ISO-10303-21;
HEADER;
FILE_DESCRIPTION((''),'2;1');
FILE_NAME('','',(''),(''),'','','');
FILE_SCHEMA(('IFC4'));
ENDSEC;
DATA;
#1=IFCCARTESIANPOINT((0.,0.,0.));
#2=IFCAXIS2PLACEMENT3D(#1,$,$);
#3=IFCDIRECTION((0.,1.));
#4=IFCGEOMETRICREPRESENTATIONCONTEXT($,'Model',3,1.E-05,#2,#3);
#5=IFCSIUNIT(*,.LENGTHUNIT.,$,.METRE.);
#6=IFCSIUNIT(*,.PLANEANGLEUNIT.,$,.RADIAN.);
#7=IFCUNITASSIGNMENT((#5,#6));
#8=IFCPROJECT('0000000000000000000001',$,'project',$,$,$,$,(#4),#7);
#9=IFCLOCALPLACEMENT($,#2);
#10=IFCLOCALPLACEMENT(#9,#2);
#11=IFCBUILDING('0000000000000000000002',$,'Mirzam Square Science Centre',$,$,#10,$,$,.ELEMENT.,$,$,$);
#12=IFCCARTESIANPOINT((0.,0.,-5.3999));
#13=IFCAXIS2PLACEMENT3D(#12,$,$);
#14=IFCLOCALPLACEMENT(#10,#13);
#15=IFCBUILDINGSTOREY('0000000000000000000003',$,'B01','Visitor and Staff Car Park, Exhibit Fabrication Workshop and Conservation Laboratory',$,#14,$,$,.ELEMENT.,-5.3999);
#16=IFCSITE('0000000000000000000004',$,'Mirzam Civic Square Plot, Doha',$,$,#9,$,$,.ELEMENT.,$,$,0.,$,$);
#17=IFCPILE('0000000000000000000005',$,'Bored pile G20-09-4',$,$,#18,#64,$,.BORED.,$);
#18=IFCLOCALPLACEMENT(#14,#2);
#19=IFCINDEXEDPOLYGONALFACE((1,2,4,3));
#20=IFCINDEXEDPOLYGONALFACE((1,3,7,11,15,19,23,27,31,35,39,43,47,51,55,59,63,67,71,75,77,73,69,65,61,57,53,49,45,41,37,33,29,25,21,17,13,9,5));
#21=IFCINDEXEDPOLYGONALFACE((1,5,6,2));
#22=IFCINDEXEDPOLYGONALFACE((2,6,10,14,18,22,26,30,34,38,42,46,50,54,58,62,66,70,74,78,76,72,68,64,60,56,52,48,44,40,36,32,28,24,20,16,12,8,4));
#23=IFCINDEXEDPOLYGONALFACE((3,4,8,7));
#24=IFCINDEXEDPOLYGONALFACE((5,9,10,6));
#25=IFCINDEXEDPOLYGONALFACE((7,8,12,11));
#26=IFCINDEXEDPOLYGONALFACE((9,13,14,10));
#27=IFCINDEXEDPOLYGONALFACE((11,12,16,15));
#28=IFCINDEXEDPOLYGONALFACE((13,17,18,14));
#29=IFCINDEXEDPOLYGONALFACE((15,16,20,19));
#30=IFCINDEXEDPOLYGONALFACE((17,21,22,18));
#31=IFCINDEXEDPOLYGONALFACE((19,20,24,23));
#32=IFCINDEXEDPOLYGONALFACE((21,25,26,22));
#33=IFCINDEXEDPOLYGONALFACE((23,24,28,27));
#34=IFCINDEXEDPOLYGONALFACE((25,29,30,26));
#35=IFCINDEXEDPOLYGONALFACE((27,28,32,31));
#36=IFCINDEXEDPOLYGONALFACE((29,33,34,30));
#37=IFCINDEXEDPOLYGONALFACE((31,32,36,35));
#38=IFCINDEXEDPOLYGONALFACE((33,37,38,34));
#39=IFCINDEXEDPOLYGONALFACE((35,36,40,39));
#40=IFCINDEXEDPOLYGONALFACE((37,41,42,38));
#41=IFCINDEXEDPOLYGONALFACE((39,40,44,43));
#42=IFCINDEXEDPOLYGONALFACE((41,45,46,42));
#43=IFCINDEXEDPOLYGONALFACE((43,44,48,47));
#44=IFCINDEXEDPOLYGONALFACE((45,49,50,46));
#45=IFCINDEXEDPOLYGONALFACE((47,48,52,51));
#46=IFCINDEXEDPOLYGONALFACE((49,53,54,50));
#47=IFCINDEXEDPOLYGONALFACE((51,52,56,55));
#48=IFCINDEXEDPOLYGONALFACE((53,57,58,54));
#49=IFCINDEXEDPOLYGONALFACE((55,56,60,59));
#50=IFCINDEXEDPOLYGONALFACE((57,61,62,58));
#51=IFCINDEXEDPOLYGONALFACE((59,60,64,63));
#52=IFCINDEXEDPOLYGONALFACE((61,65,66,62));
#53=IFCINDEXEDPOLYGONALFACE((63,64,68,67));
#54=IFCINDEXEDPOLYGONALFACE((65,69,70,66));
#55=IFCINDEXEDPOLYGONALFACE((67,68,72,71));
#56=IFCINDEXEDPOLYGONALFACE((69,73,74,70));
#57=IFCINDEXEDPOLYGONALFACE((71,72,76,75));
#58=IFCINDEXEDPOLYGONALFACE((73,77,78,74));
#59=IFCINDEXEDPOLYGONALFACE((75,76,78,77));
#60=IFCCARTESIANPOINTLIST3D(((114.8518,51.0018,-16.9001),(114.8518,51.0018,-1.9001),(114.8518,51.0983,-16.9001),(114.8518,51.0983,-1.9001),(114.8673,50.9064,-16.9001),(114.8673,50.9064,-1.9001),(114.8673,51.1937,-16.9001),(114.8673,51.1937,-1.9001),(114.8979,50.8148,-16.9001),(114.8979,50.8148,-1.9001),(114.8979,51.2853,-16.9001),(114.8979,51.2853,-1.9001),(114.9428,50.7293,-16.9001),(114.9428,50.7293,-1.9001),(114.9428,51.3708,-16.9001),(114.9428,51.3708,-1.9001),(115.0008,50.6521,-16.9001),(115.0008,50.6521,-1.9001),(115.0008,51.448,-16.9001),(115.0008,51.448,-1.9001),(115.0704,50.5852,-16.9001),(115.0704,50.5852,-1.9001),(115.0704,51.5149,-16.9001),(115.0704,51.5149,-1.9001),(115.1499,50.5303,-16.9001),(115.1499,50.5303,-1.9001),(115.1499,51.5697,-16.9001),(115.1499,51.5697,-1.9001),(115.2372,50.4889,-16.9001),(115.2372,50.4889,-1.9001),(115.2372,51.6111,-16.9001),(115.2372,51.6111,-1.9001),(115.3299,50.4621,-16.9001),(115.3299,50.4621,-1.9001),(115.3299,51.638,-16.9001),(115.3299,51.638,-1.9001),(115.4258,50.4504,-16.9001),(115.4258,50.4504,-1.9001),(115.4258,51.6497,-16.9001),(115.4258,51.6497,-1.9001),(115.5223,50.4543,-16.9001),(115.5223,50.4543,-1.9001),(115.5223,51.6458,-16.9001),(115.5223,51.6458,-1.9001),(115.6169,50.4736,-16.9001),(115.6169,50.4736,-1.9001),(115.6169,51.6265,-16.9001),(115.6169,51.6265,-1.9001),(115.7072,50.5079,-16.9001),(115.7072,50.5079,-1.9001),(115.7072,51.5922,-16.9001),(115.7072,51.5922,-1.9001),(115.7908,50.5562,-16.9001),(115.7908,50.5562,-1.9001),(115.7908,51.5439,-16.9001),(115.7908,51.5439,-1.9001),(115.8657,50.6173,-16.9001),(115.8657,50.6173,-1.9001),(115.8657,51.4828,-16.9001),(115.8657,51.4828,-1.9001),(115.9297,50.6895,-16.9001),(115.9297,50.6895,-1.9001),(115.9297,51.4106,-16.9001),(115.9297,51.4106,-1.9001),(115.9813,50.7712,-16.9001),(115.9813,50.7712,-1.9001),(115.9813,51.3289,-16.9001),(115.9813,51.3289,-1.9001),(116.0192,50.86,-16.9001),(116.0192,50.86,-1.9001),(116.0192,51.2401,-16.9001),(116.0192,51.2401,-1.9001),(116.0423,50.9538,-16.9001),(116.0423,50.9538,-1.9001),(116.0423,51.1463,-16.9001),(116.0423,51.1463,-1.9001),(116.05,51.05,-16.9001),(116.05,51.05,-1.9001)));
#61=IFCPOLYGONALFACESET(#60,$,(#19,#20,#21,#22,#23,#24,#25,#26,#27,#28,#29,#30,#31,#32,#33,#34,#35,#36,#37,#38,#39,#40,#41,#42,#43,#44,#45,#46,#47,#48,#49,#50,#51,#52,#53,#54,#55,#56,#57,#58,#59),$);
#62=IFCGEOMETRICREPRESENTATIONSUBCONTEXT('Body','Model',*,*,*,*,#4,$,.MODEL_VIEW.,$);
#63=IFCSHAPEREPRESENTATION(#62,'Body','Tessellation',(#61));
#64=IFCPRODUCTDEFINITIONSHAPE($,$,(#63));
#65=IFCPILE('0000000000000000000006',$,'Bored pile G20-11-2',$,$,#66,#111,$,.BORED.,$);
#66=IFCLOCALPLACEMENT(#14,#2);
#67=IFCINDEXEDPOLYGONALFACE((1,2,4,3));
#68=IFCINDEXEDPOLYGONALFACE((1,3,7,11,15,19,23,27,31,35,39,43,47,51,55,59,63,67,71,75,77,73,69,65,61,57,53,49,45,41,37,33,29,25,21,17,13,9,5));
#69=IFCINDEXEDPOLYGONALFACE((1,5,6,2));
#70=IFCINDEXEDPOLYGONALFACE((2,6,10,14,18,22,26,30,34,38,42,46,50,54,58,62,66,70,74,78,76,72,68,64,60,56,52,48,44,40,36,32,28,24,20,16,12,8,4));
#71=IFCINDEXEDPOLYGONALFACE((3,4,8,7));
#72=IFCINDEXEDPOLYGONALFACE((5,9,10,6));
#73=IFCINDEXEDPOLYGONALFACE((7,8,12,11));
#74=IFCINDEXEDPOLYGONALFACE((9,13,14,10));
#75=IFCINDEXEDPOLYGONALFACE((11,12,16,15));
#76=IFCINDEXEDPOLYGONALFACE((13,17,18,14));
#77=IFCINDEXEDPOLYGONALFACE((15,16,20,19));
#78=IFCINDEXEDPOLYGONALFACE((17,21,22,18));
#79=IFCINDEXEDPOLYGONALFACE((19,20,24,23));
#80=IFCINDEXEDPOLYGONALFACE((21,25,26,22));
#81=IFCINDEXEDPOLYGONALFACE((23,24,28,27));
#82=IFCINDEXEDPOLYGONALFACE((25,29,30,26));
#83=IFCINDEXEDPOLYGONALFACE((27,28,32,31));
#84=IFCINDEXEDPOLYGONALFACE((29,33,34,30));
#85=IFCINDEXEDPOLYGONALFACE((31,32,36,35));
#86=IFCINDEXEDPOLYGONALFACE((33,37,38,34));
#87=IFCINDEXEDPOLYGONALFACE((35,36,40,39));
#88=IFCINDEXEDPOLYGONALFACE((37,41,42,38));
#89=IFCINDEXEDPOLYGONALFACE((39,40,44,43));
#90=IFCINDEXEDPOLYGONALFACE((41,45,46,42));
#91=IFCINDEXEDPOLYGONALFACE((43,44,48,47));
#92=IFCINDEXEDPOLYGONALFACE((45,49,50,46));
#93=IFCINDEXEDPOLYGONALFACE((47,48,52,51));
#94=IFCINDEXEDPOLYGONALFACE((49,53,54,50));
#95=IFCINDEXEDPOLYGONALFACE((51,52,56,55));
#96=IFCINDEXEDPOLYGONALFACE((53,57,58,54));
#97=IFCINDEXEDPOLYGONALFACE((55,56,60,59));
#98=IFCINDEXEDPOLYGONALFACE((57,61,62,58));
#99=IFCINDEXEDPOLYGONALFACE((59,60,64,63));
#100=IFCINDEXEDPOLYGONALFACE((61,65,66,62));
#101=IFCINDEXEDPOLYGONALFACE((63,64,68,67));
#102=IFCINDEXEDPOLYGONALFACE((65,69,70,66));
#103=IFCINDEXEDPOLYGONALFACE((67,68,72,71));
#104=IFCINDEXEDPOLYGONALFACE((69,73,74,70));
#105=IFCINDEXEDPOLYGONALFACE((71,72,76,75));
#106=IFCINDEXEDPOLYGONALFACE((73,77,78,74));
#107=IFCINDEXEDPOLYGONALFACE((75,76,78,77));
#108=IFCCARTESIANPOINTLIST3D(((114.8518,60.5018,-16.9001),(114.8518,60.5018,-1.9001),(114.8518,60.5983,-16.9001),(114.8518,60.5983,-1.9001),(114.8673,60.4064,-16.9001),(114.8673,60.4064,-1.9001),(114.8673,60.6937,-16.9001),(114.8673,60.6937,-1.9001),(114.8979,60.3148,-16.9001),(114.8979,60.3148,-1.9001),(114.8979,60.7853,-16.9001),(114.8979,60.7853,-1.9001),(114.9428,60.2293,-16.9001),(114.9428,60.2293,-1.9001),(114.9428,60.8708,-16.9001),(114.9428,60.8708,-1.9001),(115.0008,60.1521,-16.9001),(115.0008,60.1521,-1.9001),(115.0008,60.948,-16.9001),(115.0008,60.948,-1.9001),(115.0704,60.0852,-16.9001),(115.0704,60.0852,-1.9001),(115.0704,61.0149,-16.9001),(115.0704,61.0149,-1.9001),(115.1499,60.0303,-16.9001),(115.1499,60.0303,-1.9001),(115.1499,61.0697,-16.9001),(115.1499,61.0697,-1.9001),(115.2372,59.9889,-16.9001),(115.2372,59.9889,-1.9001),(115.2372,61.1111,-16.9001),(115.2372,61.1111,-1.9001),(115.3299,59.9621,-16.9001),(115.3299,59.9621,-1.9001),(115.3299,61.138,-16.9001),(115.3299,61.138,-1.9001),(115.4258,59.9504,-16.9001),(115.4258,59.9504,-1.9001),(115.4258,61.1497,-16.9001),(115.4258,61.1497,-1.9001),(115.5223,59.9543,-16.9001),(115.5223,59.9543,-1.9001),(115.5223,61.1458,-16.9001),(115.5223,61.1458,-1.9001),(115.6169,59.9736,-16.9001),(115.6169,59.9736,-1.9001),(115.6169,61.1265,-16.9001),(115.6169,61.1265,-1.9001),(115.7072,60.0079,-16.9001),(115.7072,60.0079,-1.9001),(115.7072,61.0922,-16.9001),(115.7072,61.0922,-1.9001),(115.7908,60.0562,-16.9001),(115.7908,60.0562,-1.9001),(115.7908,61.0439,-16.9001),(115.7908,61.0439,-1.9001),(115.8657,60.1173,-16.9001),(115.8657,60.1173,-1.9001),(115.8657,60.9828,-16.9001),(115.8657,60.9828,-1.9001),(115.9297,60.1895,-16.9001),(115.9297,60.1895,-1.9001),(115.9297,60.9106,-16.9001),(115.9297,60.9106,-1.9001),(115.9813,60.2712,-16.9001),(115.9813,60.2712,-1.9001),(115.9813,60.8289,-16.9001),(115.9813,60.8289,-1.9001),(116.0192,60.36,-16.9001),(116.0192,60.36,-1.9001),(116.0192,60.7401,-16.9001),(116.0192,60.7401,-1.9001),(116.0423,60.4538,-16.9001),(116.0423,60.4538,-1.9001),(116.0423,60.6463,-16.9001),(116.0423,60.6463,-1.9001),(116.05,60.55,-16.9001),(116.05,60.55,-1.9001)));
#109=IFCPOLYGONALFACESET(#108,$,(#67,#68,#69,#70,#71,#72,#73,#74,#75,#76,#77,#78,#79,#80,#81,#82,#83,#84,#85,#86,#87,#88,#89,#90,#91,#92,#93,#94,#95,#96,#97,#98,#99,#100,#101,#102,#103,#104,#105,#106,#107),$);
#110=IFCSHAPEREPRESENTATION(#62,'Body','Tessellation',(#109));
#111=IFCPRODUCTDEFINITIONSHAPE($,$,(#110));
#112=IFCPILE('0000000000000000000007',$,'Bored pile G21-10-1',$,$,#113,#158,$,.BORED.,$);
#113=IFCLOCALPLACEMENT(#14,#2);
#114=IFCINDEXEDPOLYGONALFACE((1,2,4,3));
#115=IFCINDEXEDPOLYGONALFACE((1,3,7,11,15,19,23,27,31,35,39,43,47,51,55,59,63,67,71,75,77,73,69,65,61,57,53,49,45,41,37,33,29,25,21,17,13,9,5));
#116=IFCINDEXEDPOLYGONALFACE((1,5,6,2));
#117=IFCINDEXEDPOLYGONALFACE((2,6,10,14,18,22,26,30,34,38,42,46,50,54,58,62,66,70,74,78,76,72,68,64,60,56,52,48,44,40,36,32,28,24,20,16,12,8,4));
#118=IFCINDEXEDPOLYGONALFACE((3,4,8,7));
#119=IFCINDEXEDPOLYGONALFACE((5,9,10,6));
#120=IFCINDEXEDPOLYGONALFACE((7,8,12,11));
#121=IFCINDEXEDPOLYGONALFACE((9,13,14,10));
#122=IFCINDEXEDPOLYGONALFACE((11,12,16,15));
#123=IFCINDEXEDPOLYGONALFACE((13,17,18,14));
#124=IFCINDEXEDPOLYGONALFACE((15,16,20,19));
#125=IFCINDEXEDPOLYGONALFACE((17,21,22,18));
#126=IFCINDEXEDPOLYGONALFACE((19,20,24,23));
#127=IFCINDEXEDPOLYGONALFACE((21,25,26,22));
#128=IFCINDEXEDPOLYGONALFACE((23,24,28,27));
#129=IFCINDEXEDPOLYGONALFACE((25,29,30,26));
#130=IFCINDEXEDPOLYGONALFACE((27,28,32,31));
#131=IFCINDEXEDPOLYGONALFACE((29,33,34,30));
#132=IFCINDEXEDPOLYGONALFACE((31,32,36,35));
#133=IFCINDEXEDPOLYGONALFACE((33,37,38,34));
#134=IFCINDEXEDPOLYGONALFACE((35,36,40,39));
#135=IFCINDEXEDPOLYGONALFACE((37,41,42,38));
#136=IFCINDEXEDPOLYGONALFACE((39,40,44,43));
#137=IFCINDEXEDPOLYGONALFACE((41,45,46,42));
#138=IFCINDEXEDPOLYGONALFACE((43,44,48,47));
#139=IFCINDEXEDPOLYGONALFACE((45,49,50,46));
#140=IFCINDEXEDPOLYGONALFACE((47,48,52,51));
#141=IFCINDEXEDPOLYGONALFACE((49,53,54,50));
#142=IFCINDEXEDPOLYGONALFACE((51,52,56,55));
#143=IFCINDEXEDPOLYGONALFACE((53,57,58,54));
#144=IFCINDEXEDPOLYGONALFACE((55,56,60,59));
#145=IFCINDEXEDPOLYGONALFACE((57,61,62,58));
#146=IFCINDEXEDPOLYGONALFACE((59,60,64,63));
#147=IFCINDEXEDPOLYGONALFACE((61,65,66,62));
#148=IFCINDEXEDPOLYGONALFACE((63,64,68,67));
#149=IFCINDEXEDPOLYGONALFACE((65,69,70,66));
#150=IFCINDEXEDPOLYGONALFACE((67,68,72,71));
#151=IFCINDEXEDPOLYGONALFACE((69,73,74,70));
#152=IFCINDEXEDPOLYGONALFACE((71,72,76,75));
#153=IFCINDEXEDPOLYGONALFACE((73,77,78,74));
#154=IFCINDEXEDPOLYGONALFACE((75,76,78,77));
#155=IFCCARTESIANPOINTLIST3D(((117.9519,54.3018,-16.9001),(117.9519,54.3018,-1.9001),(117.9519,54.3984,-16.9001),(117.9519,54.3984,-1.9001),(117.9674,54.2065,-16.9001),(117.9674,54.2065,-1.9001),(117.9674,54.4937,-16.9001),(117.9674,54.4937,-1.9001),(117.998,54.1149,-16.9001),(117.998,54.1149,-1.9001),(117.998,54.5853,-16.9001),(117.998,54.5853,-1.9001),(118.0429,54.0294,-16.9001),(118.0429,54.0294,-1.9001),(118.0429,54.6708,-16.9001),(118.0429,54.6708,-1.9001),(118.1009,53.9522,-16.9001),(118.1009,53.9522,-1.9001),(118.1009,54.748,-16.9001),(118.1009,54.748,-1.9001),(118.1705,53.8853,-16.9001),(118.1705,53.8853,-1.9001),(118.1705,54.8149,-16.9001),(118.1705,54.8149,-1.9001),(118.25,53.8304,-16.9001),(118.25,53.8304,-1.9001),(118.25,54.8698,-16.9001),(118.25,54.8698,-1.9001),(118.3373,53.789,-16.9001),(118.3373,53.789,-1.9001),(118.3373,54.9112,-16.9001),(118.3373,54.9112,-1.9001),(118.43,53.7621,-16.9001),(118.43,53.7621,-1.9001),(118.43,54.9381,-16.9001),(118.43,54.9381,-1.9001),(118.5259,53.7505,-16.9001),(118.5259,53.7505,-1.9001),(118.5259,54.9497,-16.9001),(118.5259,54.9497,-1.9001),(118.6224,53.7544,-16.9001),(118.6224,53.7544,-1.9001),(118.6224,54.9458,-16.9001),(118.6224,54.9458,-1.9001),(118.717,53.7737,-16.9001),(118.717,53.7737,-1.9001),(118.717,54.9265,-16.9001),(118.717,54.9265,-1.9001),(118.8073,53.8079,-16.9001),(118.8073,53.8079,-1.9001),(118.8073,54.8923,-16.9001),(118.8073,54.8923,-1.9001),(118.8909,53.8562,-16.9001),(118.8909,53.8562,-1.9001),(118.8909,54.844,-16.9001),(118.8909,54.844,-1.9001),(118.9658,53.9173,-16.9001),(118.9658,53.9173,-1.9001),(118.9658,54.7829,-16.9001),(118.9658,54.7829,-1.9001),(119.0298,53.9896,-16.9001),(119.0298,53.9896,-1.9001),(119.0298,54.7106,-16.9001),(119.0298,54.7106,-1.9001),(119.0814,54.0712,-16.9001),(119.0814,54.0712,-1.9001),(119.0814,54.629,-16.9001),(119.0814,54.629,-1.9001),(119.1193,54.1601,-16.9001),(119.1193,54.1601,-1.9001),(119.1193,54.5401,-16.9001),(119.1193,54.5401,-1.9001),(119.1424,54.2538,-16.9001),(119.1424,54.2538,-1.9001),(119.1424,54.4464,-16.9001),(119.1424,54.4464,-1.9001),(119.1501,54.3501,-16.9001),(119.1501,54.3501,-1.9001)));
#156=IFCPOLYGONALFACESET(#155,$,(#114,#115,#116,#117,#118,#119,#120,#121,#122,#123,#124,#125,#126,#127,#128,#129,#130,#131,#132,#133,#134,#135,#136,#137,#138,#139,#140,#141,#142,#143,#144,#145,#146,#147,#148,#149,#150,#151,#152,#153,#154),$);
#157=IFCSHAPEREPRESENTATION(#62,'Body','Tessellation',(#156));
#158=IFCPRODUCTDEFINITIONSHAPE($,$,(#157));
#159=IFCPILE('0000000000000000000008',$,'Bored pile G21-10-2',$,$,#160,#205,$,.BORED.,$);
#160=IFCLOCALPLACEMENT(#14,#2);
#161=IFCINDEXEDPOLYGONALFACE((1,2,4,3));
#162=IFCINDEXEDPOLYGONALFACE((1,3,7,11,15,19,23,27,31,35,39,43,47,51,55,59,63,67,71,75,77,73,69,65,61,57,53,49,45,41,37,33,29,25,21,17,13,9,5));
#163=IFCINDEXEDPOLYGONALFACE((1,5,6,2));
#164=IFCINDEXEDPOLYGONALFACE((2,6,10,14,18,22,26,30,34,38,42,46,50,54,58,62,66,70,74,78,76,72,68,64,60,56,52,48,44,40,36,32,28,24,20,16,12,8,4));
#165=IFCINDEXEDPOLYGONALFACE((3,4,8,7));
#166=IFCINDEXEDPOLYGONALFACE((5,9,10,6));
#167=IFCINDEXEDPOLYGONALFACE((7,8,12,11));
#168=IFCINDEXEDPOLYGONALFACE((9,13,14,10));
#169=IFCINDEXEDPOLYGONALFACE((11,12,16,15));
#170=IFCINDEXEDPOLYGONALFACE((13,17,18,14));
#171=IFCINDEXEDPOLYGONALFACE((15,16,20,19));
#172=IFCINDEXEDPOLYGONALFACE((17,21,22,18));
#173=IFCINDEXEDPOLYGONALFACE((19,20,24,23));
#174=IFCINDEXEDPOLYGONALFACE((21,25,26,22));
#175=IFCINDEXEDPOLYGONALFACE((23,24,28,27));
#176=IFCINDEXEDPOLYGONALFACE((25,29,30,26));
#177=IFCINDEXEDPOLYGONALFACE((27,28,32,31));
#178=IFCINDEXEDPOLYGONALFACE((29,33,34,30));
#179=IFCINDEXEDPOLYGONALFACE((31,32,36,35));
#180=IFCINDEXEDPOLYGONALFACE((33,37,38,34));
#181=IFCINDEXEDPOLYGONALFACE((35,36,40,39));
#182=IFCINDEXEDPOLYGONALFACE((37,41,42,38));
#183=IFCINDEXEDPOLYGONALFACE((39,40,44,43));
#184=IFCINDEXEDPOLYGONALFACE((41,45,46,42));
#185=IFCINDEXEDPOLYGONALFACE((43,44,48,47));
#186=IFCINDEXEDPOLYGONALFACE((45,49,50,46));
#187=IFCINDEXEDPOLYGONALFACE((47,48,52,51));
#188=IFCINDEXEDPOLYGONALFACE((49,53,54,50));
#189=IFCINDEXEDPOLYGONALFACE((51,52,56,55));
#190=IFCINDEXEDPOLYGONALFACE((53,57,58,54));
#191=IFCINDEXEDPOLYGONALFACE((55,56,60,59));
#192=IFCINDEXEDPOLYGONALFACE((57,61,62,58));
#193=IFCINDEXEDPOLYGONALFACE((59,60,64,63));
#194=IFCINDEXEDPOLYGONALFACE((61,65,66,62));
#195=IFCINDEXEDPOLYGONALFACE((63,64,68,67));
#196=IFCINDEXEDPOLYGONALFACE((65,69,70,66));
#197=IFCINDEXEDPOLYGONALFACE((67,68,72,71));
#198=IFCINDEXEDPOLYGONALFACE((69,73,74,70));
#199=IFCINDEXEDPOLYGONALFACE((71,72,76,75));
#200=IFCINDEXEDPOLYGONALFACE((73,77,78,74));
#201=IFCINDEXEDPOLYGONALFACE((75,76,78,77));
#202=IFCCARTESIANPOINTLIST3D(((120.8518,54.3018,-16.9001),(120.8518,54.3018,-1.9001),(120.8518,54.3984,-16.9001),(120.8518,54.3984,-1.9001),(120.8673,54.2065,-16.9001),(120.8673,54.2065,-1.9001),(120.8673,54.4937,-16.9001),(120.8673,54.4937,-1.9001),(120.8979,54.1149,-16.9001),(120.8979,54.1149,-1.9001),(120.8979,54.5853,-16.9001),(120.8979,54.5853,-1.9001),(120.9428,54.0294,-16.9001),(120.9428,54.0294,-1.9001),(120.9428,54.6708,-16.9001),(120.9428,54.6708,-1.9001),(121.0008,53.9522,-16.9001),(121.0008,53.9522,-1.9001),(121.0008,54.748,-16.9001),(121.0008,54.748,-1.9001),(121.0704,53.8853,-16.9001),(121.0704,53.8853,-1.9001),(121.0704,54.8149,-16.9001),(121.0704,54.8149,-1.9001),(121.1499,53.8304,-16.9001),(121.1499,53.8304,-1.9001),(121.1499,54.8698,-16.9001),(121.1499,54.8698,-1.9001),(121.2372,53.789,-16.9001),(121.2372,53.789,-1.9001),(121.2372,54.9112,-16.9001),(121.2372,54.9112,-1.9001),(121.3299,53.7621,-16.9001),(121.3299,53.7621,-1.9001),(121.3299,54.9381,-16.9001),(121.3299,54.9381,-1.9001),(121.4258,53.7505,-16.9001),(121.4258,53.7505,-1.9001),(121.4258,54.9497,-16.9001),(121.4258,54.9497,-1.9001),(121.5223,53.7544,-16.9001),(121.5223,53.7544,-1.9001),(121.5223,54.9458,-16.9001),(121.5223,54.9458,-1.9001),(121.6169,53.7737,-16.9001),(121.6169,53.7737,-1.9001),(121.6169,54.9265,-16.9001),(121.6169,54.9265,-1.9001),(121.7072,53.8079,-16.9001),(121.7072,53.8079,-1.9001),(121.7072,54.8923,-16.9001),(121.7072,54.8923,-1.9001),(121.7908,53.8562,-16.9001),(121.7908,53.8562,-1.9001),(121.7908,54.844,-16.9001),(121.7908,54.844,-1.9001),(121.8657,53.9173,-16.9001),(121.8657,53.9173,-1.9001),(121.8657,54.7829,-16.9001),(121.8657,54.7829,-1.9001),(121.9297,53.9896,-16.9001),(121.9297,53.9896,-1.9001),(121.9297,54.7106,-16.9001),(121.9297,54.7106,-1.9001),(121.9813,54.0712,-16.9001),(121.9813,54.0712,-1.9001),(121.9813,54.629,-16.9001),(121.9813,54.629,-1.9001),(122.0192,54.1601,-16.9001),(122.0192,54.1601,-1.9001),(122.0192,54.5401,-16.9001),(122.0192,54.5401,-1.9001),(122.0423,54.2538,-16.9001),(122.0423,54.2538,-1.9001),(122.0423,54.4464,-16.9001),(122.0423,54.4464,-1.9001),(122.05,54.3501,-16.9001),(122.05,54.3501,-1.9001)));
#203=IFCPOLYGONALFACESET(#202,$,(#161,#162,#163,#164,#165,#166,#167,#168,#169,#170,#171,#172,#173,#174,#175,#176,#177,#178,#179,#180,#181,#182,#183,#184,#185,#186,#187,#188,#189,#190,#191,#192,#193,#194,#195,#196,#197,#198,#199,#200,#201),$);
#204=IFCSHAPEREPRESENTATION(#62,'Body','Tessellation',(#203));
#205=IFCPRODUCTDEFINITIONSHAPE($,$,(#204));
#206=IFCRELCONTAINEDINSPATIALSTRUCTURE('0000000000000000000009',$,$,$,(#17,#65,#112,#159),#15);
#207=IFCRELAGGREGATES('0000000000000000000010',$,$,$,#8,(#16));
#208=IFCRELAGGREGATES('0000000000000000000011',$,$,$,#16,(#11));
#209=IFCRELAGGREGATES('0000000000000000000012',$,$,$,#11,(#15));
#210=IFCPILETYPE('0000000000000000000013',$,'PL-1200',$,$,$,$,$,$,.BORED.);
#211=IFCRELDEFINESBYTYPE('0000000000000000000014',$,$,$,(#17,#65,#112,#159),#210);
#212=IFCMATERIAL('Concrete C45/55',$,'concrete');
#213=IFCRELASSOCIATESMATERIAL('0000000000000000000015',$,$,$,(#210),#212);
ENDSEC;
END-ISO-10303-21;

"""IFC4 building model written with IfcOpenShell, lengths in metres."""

from ifc_helpers import new_model, si_unit, direction, frame, origin, origin_2d, place, context, subcontext, project, spatial, circle, extrude, material, material_profile, profile_set, type_object, element, save


model = new_model("IFC4")

# Units and contexts
model_context = context("Model", 3, precision=1e-05, world=origin(), true_north=direction((0.0, 1.0)))
body_context = subcontext(model_context, "Body", "Model", "MODEL_VIEW")
ifc_project = project(units=[si_unit("LENGTHUNIT", "METRE"), si_unit("PLANEANGLEUNIT", "RADIAN")], contexts=[model_context])

# Site, building, storey
site_placement = place(None, origin())
site = spatial("IfcSite", under=ifc_project, at=site_placement, Name="Mirzam Civic Square Plot, Doha", CompositionType="ELEMENT", RefElevation=0.0)
building_placement = place(site_placement, origin())
building = spatial("IfcBuilding", under=site, at=building_placement, Name="Mirzam Square Science Centre", CompositionType="ELEMENT")
storey_placement = place(building_placement, frame((0.0, 0.0, -5.3999)))
storey = spatial("IfcBuildingStorey", under=building, at=storey_placement, Name="B01", Description="Visitor and Staff Car Park, Exhibit Fabrication Workshop and Conservation Laboratory", CompositionType="ELEMENT", Elevation=-5.3999)

# Shared definitions
ifc_material_1 = material(Name="Concrete C45/55", Category="concrete")

# Piles
ifc_material_profile_1 = material_profile(ifc_material_1, circle(Radius=0.6001, at=origin_2d()), Name="PILE-D1200")
ifc_profile_set_1 = profile_set([ifc_material_profile_1], Name="Concrete C45/55")
pile_type_1 = type_object("IfcPileType", Name="PL-1200", PredefinedType="BORED", material=ifc_profile_set_1)
for number, where, z_axis, x_axis, name in (
    (1, (115.45, 51.05, -1.9001), (0.0, 0.0, -1.0), (1.0, 0.0, 0.0), "Bored pile G20-09-4"),
    (2, (115.45, 60.55, -1.9001), (0.0, 0.0, -1.0), (1.0, 0.0, 0.0), "Bored pile G20-11-2"),
    (3, (118.55, 54.3501, -1.9001), (0.0, 0.0, -1.0), (1.0, 0.0, 0.0), "Bored pile G21-10-1"),
    (4, (121.45, 54.3501, -1.9001), (0.0, 0.0, -1.0), (1.0, 0.0, 0.0), "Bored pile G21-10-2"),
):
    element("IfcPile", number, at=place(storey_placement, frame(where, z_axis=z_axis, x_axis=x_axis)), inside=storey, type_object=pile_type_1, Name=name, PredefinedType="BORED", context=body_context, shape_type="SweptSolid", body=[
        extrude(circle(Radius=0.6001, at=origin_2d()), origin(), (0.0, 0.0, 1.0), 15.0),
    ])

save(model, "model.ifc")
